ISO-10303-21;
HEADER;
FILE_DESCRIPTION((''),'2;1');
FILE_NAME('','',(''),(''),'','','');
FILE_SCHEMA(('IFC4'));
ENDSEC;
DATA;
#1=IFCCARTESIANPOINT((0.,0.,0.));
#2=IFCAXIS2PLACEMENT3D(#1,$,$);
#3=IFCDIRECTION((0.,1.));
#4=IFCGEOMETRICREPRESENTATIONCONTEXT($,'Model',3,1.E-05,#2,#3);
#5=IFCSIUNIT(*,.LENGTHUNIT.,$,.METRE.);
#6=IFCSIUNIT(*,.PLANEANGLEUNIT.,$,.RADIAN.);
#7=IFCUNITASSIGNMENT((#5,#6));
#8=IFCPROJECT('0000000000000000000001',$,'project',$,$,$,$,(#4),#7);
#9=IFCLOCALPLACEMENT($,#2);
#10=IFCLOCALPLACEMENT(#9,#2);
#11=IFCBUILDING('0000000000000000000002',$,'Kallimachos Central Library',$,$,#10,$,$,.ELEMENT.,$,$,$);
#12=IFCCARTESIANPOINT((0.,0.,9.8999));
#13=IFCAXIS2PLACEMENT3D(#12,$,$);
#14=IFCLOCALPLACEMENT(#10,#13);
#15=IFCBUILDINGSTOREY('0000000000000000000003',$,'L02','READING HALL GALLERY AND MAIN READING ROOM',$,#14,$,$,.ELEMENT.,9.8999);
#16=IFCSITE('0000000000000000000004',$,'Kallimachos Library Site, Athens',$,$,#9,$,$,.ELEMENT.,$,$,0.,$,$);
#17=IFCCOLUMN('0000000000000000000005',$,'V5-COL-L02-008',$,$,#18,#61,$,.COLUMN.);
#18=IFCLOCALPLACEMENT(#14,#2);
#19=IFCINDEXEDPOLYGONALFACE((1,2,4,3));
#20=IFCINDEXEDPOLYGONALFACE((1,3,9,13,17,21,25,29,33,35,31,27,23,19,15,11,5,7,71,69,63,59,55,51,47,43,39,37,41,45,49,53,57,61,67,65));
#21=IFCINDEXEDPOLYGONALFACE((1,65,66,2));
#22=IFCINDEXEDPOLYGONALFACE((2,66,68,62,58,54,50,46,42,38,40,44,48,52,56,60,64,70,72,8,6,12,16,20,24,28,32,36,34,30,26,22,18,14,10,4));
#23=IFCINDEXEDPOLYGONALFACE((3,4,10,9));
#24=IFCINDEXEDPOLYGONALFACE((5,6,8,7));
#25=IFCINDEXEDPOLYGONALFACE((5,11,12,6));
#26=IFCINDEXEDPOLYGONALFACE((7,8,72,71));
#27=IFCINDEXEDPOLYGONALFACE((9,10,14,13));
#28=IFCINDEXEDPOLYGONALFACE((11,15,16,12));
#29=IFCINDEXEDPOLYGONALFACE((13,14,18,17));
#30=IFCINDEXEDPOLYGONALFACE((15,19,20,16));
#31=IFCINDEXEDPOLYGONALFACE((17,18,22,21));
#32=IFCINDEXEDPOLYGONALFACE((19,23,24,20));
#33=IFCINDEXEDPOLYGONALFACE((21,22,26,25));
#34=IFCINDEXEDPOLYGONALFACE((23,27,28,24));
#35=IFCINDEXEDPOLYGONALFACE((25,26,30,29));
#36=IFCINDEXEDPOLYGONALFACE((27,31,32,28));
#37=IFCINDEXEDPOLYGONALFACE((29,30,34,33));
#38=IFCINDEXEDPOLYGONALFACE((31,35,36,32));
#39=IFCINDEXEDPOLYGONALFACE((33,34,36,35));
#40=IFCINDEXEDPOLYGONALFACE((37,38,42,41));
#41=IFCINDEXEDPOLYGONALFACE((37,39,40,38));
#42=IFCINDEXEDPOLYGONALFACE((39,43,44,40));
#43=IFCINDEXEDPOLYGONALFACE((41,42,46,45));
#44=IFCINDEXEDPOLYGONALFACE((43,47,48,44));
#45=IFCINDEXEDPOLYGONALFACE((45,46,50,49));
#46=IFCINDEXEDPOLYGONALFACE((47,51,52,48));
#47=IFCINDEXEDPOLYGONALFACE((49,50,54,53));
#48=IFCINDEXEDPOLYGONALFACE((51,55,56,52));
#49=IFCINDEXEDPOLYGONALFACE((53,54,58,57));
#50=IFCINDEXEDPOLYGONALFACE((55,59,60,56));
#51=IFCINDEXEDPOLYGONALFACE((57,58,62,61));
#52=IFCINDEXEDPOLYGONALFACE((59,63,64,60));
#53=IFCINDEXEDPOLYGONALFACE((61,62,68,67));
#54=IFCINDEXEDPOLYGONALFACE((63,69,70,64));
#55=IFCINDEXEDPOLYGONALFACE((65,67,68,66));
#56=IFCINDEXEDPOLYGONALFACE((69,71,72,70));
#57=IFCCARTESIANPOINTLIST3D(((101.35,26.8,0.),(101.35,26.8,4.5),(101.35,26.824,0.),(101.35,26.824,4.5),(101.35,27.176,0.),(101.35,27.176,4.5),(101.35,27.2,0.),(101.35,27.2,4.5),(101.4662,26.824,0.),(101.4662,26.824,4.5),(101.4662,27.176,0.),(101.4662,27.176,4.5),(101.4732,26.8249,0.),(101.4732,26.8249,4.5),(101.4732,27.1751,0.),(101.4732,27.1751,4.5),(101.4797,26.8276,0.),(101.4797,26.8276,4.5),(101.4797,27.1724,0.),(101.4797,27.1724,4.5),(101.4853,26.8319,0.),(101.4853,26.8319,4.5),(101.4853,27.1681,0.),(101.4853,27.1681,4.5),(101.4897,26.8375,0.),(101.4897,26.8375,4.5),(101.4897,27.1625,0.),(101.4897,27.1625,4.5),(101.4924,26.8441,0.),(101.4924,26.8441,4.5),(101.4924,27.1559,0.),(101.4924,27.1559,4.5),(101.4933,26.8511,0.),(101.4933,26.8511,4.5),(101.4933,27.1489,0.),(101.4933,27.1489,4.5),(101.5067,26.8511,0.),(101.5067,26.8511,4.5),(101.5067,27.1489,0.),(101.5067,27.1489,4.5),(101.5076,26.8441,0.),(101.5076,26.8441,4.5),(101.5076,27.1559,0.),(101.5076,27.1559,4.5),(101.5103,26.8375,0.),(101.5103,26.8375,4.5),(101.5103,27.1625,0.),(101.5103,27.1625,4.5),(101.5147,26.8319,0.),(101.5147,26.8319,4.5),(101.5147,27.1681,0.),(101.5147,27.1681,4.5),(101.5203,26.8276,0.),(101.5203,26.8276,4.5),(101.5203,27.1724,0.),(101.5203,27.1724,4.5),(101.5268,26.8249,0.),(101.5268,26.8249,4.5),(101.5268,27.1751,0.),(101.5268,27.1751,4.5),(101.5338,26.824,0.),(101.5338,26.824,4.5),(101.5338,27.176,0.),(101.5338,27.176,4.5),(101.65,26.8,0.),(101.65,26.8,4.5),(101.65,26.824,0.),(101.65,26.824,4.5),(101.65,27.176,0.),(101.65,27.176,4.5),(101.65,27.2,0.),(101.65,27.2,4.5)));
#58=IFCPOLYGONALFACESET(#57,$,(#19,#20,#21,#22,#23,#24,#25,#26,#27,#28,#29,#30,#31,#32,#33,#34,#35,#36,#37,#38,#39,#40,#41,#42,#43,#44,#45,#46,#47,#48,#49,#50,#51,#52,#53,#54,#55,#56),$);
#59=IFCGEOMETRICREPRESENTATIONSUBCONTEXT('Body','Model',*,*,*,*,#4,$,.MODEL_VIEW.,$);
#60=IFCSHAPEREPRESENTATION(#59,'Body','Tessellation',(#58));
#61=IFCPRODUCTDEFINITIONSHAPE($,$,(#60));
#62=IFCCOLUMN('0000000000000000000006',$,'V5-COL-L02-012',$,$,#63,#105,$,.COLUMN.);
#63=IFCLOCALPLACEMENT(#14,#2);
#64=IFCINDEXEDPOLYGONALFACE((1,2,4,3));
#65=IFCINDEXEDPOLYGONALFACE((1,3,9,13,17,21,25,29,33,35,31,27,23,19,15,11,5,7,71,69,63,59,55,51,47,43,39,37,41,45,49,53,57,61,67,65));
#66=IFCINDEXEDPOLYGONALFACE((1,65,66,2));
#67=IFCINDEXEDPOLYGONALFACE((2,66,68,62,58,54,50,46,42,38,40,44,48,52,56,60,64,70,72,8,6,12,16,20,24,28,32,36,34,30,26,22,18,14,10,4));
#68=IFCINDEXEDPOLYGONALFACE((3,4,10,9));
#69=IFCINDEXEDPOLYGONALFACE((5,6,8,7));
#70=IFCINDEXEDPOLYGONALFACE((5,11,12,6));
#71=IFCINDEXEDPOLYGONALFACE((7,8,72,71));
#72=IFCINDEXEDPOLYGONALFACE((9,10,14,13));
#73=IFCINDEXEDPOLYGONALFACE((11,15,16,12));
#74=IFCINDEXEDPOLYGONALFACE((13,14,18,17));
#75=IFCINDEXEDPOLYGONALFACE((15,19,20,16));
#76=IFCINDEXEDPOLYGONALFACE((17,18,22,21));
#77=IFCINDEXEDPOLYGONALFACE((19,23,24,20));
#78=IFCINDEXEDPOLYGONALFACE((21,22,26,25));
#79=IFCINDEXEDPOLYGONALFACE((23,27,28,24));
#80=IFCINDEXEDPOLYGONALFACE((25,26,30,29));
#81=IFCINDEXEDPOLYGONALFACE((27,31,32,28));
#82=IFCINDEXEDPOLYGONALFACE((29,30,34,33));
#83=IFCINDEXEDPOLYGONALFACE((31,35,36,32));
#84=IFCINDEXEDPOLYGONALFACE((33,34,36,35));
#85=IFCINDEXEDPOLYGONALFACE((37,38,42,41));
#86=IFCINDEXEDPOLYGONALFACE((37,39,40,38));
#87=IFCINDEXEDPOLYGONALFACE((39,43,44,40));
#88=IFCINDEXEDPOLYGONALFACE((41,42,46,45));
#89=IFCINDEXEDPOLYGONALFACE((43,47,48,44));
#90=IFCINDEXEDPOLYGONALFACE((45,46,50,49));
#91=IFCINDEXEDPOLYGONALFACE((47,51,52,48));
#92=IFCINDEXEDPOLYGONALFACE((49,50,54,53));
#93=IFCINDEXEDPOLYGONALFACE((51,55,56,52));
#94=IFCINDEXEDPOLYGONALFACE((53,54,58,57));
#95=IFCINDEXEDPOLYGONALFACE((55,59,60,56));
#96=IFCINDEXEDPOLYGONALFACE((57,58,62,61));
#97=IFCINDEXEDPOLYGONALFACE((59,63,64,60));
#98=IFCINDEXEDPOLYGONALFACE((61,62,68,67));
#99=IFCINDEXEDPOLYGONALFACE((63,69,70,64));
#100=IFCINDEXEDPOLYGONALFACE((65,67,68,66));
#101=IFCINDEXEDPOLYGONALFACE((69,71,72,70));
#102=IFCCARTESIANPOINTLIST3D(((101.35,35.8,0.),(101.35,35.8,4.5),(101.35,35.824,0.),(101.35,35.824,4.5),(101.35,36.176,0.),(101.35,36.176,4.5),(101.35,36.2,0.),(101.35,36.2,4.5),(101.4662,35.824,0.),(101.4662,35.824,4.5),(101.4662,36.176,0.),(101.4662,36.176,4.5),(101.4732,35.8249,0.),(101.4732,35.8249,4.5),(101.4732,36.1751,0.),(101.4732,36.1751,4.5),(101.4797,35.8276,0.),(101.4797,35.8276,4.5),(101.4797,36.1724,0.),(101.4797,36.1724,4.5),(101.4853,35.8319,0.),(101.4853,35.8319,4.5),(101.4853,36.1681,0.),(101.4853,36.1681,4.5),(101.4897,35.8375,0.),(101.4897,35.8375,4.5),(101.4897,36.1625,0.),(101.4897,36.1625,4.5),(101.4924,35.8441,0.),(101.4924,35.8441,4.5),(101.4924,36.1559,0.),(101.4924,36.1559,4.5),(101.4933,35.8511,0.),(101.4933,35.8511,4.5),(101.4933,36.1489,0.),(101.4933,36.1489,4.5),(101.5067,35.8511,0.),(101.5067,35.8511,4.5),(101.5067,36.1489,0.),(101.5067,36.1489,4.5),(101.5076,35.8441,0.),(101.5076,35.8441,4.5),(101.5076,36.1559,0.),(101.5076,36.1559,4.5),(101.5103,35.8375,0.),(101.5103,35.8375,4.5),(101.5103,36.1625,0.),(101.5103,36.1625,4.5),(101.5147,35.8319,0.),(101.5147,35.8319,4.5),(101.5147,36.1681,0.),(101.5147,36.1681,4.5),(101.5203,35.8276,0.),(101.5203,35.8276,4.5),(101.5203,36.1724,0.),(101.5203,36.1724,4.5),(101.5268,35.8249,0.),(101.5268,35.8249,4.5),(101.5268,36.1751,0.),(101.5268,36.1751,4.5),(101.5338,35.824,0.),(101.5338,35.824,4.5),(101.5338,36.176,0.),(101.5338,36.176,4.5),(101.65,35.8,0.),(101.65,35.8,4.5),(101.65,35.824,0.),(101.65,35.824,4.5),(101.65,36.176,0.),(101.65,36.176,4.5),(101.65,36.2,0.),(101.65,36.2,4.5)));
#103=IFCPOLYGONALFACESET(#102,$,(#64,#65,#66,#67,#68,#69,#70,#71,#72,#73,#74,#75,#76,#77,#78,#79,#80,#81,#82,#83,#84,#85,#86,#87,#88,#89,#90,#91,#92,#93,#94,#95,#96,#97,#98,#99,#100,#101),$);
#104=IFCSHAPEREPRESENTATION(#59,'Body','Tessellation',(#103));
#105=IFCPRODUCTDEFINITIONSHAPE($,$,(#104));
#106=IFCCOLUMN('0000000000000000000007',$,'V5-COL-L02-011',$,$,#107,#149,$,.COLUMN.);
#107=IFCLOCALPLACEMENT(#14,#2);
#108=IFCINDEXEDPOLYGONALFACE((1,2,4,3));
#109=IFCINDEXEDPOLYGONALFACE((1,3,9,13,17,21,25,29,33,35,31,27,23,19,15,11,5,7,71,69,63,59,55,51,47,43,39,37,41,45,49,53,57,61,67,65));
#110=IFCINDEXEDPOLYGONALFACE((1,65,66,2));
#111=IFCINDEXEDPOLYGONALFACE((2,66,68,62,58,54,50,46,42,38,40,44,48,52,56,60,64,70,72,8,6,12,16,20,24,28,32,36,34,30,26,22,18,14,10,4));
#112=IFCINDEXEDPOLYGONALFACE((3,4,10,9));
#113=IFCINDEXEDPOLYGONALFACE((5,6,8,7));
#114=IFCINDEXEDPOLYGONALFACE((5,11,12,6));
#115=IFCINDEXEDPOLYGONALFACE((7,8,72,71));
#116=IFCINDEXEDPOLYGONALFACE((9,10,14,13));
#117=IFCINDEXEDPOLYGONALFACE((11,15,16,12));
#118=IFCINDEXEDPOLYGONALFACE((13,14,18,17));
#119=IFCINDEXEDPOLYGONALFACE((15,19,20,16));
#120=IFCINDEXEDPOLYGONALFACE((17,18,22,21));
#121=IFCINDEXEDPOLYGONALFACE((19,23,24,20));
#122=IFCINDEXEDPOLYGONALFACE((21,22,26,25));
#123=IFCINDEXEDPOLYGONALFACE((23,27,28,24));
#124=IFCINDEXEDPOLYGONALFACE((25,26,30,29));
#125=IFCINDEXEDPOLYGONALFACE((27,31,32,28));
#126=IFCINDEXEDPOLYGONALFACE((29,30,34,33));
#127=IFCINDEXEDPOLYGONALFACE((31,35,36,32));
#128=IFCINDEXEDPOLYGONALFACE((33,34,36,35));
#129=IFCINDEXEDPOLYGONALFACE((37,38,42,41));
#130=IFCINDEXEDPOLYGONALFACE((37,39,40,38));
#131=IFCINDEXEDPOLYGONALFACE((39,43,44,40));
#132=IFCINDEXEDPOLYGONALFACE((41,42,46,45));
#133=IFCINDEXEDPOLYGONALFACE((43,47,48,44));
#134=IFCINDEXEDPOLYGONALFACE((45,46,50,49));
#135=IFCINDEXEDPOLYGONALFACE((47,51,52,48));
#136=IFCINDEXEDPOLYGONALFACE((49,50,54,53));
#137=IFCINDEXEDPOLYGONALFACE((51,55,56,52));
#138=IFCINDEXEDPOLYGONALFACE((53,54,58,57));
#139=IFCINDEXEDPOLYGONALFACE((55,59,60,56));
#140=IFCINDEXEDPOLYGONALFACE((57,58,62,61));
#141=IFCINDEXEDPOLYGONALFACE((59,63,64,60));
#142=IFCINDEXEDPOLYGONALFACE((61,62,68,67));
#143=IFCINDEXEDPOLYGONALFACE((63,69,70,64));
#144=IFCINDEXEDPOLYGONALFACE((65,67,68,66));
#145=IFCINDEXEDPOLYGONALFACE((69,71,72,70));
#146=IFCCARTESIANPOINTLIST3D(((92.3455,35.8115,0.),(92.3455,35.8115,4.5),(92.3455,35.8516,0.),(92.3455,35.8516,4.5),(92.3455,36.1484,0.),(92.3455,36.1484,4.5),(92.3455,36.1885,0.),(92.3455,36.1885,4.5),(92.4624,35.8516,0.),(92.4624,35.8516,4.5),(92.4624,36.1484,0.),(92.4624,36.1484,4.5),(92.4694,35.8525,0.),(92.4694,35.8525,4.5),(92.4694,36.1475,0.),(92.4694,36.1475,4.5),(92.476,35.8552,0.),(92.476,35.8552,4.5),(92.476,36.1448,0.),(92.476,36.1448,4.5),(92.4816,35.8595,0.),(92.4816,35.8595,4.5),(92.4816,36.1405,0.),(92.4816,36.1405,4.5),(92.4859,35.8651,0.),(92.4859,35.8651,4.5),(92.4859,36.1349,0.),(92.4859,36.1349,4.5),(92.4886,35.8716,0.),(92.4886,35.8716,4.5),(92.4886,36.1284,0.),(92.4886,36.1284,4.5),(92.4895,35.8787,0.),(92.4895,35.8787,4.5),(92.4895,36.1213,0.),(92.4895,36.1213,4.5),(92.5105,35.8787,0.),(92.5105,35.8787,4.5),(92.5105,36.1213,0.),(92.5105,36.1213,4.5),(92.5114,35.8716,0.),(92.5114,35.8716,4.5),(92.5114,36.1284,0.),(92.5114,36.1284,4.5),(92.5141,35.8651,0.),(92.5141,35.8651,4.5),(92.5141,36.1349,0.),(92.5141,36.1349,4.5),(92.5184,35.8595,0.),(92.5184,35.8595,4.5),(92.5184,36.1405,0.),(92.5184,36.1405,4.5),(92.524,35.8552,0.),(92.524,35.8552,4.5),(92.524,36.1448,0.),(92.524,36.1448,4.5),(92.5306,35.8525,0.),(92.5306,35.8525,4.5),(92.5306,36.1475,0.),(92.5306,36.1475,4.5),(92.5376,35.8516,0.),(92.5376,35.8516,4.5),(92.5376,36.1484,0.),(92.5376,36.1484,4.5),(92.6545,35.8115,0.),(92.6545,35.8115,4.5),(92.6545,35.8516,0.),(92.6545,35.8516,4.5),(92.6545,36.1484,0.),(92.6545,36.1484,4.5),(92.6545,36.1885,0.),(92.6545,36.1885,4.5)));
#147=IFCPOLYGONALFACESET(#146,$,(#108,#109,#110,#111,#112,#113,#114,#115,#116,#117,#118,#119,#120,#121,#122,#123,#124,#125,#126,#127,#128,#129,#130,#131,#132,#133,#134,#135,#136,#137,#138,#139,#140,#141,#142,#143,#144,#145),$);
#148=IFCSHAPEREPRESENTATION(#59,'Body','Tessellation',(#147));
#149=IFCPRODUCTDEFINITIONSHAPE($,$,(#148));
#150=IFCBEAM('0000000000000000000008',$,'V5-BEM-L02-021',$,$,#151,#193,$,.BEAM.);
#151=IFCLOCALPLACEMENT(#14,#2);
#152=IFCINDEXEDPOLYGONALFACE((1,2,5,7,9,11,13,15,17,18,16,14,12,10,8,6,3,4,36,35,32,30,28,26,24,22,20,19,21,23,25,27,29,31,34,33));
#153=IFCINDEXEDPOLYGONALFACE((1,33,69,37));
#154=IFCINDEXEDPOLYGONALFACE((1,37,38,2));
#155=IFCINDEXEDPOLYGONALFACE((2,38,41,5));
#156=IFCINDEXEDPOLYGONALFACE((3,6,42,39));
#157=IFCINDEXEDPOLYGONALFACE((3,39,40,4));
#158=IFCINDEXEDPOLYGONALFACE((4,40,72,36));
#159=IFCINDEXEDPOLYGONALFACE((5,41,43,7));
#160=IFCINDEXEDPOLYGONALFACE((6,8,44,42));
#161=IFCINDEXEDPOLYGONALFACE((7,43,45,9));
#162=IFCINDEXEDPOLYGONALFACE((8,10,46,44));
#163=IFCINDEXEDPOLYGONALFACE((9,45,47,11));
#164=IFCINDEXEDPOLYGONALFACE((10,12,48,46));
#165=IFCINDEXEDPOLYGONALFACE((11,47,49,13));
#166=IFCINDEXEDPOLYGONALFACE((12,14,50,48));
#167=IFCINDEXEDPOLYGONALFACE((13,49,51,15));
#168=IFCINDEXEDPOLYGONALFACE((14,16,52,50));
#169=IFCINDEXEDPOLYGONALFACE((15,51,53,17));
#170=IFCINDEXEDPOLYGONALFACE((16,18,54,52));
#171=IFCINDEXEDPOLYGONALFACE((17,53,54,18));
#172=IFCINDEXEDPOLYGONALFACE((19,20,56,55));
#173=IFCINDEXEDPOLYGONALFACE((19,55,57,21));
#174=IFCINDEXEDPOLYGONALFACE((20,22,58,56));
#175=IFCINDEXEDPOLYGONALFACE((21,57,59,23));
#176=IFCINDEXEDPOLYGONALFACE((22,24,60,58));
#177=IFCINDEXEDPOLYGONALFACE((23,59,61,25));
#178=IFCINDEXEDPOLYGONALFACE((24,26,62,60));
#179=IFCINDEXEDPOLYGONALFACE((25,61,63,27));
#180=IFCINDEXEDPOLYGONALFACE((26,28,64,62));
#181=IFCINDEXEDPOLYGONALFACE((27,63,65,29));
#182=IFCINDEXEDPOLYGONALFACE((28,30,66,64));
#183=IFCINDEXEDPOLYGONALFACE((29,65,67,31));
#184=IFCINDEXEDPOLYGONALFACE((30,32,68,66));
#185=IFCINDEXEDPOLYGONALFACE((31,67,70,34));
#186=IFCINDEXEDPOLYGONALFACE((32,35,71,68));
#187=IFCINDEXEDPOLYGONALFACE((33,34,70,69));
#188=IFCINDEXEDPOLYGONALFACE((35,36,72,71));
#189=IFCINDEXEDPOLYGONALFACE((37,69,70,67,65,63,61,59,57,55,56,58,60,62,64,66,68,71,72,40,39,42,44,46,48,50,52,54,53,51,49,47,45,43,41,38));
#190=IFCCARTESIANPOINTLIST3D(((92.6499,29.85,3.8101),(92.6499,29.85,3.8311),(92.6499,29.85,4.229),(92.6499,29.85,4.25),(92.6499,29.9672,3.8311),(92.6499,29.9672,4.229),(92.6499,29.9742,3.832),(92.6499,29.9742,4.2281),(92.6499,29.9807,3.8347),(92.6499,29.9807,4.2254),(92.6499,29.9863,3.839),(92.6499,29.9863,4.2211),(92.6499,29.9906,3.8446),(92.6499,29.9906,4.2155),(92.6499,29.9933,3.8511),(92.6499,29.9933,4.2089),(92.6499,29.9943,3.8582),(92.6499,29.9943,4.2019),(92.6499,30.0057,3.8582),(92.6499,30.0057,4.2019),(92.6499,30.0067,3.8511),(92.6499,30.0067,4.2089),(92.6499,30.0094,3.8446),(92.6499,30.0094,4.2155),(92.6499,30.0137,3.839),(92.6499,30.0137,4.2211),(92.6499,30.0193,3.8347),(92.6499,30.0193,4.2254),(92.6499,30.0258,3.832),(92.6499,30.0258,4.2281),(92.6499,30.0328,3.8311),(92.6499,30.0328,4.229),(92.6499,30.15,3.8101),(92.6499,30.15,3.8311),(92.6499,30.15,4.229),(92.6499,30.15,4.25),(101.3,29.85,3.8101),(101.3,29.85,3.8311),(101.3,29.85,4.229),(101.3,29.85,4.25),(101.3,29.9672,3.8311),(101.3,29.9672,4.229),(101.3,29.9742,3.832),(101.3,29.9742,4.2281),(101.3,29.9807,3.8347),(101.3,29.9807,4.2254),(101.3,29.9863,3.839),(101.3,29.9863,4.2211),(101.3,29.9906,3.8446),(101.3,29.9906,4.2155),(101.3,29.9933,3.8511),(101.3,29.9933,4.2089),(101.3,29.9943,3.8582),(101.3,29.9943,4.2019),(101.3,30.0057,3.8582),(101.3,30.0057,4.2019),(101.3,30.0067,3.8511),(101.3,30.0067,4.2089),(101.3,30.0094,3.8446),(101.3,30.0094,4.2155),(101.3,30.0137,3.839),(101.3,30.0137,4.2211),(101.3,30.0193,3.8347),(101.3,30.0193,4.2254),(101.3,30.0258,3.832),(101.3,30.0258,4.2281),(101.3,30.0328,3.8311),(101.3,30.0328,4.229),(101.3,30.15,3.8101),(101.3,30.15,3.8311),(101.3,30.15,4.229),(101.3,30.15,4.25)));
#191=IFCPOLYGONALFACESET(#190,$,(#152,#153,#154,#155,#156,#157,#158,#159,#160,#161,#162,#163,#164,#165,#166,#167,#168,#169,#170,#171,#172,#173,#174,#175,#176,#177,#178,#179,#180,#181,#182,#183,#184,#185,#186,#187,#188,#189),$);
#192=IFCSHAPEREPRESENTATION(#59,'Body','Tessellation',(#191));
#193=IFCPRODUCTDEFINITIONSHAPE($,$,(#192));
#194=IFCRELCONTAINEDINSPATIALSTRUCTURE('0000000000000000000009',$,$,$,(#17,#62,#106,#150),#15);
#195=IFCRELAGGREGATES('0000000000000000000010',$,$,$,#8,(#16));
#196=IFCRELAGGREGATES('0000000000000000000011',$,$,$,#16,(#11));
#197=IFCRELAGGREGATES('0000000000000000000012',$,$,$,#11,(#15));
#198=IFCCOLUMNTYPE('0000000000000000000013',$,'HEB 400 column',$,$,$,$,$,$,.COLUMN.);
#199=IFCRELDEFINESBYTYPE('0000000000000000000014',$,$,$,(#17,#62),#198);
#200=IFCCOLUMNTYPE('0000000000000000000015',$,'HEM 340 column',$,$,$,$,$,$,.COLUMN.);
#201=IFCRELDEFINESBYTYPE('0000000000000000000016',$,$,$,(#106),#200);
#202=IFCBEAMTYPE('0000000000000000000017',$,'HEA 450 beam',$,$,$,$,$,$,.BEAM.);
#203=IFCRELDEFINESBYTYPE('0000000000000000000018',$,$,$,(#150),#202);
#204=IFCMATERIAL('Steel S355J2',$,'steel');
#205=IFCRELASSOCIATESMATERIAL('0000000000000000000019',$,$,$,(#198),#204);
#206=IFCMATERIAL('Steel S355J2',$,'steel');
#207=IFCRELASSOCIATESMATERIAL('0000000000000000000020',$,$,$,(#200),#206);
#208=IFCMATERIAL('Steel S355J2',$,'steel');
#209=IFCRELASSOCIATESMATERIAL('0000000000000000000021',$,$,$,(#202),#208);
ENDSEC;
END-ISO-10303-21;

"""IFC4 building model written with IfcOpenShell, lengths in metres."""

from ifc_helpers import new_model, si_unit, direction, frame, origin, origin_2d, place, context, subcontext, project, spatial, i_section, extrude, material, material_profile, profile_set, type_object, element, save


model = new_model("IFC4")

# Units and contexts
model_context = context("Model", 3, precision=1e-05, world=origin(), true_north=direction((0.0, 1.0)))
body_context = subcontext(model_context, "Body", "Model", "MODEL_VIEW")
ifc_project = project(units=[si_unit("LENGTHUNIT", "METRE"), si_unit("PLANEANGLEUNIT", "RADIAN")], contexts=[model_context])

# Site, building, storey
site_placement = place(None, origin())
site = spatial("IfcSite", under=ifc_project, at=site_placement, Name="Kallimachos Library Site, Athens", CompositionType="ELEMENT", RefElevation=0.0)
building_placement = place(site_placement, origin())
building = spatial("IfcBuilding", under=site, at=building_placement, Name="Kallimachos Central Library", CompositionType="ELEMENT")
storey_placement = place(building_placement, frame((0.0, 0.0, 9.8999)))
storey = spatial("IfcBuildingStorey", under=building, at=storey_placement, Name="L02", Description="READING HALL GALLERY AND MAIN READING ROOM", CompositionType="ELEMENT", Elevation=9.8999)

# Columns
ifc_material_1 = material(Name="Steel S355J2", Category="steel")
ifc_material_profile_1 = material_profile(ifc_material_1, i_section(OverallWidth=0.3, OverallDepth=0.3999, WebThickness=0.0134, FlangeThickness=0.0239, FilletRadius=0.0271, at=origin_2d()), Name="HEB 400")
ifc_profile_set_1 = profile_set([ifc_material_profile_1], Name="Steel S355J2")
column_type_1 = type_object("IfcColumnType", Name="HEB 400 column", PredefinedType="COLUMN", material=ifc_profile_set_1)
for number, where, z_axis, x_axis, name in (
    (1, (101.5, 27.0, 0.0), (0.0, 0.0, 1.0), (1.0, 0.0, 0.0), "V5-COL-L02-008"),
    (2, (101.5, 36.0, 0.0), (0.0, 0.0, 1.0), (1.0, 0.0, 0.0), "V5-COL-L02-012"),
):
    element("IfcColumn", number, at=place(storey_placement, frame(where, z_axis=z_axis, x_axis=x_axis)), inside=storey, type_object=column_type_1, Name=name, PredefinedType="COLUMN", context=body_context, shape_type="SweptSolid", body=[
        extrude(i_section(OverallWidth=0.3, OverallDepth=0.3999, WebThickness=0.0134, FlangeThickness=0.0239, FilletRadius=0.0271, at=origin_2d()), origin(), (0.0, 0.0, 1.0), 4.5),
    ])
ifc_material_2 = material(Name="Steel S355J2", Category="steel")
ifc_material_profile_2 = material_profile(ifc_material_2, i_section(OverallWidth=0.3091, OverallDepth=0.377, WebThickness=0.021, FlangeThickness=0.04, FilletRadius=0.0271, at=origin_2d()), Name="HEM 340")
ifc_profile_set_2 = profile_set([ifc_material_profile_2], Name="Steel S355J2")
column_type_2 = type_object("IfcColumnType", Name="HEM 340 column", PredefinedType="COLUMN", material=ifc_profile_set_2)
column_placement = place(storey_placement, frame((92.5, 36.0, 0.0), z_axis=(0.0, 0.0, 1.0), x_axis=(1.0, 0.0, 0.0)))
element("IfcColumn", 3, at=column_placement, inside=storey, type_object=column_type_2, Name="V5-COL-L02-011", PredefinedType="COLUMN", context=body_context, shape_type="SweptSolid", body=[
    extrude(i_section(OverallWidth=0.3091, OverallDepth=0.377, WebThickness=0.021, FlangeThickness=0.04, FilletRadius=0.0271, at=origin_2d()), origin(), (0.0, 0.0, 1.0), 4.5),
])

# Beam
ifc_material_3 = material(Name="Steel S355J2", Category="steel")
ifc_material_profile_3 = material_profile(ifc_material_3, i_section(OverallWidth=0.3, OverallDepth=0.4399, WebThickness=0.0115, FlangeThickness=0.021, FilletRadius=0.0271, at=origin_2d()), Name="HEA 450")
ifc_profile_set_3 = profile_set([ifc_material_profile_3], Name="Steel S355J2")
beam_type_1 = type_object("IfcBeamType", Name="HEA 450 beam", PredefinedType="BEAM", material=ifc_profile_set_3)
for number, where, z_axis, x_axis, name in (
    (4, (92.6499, 30.0, 4.03), (1.0, 0.0, 0.0), (0.0, 1.0, 0.0), "V5-BEM-L02-021"),
):
    element("IfcBeam", number, at=place(storey_placement, frame(where, z_axis=z_axis, x_axis=x_axis)), inside=storey, type_object=beam_type_1, Name=name, PredefinedType="BEAM", context=body_context, shape_type="SweptSolid", body=[
        extrude(i_section(OverallWidth=0.3, OverallDepth=0.4399, WebThickness=0.0115, FlangeThickness=0.021, FilletRadius=0.0271, at=origin_2d()), origin(), (0.0, 0.0, 1.0), 8.6501),
    ])

save(model, "model.ifc")
